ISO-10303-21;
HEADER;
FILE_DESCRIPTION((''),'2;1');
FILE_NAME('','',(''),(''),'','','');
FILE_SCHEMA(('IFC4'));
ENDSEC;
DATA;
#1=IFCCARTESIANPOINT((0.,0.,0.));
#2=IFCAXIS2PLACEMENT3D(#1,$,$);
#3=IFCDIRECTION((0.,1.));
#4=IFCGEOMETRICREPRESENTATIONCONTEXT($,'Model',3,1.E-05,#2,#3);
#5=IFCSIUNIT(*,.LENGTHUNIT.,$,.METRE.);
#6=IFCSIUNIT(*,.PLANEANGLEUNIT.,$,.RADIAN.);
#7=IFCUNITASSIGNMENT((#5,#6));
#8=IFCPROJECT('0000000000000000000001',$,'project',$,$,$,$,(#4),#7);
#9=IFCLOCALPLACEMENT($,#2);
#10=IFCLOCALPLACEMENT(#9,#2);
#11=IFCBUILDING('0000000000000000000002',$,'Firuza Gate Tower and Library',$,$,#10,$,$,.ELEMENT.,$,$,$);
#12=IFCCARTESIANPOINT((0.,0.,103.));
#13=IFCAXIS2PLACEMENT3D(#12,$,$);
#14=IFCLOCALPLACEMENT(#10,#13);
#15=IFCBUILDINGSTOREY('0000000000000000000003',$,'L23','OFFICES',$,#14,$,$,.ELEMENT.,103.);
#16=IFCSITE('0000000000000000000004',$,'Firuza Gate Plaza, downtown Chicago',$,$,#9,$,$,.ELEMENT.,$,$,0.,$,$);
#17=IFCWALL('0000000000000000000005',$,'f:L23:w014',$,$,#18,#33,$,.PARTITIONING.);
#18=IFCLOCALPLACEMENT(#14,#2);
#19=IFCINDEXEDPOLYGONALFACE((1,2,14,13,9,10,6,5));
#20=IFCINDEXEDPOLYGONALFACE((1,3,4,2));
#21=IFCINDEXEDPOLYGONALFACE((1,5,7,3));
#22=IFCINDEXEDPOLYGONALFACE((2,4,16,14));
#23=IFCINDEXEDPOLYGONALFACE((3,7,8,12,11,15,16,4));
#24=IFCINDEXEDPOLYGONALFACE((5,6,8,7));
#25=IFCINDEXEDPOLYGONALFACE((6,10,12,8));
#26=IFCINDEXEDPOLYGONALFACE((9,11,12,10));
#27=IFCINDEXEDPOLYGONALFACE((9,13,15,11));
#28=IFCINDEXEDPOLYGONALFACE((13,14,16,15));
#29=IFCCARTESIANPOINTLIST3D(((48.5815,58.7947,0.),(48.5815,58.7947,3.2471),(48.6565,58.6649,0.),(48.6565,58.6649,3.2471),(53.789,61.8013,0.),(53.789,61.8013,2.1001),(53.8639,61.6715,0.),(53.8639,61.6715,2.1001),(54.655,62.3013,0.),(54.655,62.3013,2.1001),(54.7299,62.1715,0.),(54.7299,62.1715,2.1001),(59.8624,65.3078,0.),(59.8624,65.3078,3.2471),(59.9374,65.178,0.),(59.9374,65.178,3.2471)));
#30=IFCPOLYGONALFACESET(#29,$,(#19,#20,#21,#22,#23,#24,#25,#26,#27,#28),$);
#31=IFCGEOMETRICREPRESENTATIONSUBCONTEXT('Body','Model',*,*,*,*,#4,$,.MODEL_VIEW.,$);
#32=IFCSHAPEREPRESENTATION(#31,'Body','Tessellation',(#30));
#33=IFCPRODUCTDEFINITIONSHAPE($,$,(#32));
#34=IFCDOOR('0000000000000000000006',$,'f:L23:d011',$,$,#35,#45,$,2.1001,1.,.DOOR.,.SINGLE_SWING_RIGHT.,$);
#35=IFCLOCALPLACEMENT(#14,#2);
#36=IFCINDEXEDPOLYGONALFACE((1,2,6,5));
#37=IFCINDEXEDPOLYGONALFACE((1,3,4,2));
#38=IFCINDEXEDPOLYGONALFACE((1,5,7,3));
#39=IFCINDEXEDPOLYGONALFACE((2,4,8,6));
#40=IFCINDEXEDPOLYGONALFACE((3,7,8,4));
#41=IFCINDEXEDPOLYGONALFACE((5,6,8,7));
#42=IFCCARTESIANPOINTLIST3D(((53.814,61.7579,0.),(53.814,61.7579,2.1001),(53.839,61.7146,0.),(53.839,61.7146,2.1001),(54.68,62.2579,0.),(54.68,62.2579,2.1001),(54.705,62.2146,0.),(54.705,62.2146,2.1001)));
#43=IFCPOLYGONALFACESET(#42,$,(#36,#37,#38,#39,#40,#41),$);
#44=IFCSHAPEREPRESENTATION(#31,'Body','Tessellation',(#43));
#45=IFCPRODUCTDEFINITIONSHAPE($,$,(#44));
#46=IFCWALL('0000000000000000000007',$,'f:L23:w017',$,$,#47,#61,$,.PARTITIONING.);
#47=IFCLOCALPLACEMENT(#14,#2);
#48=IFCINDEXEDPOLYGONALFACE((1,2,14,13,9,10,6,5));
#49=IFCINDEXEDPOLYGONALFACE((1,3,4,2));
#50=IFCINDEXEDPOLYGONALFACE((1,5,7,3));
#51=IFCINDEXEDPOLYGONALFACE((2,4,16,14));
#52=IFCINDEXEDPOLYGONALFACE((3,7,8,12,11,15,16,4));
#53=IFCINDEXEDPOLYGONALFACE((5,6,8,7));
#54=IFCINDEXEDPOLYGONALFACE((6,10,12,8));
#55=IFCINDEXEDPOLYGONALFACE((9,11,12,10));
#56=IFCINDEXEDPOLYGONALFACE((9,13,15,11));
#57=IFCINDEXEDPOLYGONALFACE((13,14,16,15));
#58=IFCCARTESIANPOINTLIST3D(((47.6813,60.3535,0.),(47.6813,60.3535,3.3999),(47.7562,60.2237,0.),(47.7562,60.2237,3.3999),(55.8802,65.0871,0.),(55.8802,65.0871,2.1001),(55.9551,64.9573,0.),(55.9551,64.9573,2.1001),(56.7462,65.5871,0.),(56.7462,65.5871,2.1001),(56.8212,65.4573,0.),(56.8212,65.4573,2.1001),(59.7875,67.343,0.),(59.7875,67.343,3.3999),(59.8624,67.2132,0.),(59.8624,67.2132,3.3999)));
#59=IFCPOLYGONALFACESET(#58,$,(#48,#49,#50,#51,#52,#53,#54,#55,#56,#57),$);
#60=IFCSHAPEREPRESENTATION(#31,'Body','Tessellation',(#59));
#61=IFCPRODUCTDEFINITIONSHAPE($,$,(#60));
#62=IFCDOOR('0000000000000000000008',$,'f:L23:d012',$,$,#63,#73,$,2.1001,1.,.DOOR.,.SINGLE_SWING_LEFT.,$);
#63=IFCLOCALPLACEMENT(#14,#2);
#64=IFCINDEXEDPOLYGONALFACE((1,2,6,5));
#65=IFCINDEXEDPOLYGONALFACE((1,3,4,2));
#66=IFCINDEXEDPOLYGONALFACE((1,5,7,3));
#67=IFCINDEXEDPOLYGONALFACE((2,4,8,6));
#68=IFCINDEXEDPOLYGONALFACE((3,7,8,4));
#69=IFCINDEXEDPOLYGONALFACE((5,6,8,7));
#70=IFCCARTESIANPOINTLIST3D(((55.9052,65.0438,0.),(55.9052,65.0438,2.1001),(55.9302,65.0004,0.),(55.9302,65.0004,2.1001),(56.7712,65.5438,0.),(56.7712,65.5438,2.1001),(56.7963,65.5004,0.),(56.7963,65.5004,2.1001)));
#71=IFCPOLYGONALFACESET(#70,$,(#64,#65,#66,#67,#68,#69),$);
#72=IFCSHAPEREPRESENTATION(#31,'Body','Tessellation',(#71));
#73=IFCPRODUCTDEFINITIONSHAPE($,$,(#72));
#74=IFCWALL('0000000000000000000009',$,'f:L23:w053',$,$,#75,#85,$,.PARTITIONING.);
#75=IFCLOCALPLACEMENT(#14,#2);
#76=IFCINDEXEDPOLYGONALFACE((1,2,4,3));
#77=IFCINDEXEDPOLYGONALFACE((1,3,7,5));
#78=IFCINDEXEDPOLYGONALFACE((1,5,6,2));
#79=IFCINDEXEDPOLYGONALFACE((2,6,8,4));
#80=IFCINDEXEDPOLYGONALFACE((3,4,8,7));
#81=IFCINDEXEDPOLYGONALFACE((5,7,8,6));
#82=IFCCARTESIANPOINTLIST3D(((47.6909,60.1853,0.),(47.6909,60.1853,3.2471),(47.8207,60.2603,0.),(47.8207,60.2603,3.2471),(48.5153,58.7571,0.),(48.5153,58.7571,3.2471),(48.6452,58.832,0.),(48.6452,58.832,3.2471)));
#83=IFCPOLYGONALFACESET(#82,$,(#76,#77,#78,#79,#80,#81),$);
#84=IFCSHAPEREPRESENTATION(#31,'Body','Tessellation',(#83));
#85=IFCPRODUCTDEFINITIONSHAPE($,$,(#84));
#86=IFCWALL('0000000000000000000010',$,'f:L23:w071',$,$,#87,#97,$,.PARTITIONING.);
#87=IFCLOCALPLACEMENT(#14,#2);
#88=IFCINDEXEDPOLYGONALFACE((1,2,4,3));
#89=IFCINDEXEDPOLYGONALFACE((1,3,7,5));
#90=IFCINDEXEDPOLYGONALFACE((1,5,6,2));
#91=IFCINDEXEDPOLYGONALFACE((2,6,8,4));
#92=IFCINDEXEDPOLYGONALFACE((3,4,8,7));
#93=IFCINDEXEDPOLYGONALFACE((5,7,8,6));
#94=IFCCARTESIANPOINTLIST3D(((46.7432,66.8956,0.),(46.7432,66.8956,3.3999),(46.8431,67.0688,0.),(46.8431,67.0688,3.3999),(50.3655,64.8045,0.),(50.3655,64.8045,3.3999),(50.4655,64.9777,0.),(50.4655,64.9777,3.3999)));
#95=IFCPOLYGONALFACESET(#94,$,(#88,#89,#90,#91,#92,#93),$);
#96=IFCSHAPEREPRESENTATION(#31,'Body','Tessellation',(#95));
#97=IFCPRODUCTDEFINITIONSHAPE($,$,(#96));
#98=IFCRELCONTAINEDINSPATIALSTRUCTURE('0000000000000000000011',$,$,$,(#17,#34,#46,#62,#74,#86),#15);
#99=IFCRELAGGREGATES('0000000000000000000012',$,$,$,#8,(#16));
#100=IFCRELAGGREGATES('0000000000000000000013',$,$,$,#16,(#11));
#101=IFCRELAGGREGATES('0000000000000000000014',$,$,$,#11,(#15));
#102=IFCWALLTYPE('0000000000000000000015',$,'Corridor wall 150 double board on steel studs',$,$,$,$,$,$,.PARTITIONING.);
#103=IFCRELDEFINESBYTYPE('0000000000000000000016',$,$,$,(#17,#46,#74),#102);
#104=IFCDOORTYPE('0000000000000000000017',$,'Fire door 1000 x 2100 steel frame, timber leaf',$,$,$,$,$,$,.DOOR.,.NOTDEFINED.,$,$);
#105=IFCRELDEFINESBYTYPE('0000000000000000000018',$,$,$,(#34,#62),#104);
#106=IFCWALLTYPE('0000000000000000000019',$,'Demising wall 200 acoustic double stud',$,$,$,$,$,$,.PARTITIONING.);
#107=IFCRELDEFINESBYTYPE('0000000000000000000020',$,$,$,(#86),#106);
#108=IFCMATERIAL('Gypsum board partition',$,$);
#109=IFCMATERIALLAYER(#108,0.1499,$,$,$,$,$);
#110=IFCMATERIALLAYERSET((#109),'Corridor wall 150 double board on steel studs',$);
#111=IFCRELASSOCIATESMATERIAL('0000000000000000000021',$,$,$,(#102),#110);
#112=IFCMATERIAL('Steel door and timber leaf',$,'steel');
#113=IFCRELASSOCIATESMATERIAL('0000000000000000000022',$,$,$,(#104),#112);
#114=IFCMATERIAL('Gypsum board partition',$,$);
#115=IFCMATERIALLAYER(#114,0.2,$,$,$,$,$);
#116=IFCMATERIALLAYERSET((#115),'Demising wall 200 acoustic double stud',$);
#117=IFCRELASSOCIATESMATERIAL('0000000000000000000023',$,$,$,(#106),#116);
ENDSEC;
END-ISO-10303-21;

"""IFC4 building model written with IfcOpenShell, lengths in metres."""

from ifc_helpers import new_model, si_unit, direction, frame, frame_2d, origin, place, context, subcontext, project, spatial, rectangle, extrude, material, layer, layer_set, type_object, element, fill, save


model = new_model("IFC4")

# Units and contexts
model_context = context("Model", 3, precision=1e-05, world=origin(), true_north=direction((0.0, 1.0)))
body_context = subcontext(model_context, "Body", "Model", "MODEL_VIEW")
ifc_project = project(units=[si_unit("LENGTHUNIT", "METRE"), si_unit("PLANEANGLEUNIT", "RADIAN")], contexts=[model_context])

# Site, building, storey
site_placement = place(None, origin())
site = spatial("IfcSite", under=ifc_project, at=site_placement, Name="Firuza Gate Plaza, downtown Chicago", CompositionType="ELEMENT", RefElevation=0.0)
building_placement = place(site_placement, origin())
building = spatial("IfcBuilding", under=site, at=building_placement, Name="Firuza Gate Tower and Library", CompositionType="ELEMENT")
storey_placement = place(building_placement, frame((0.0, 0.0, 103.0)))
storey = spatial("IfcBuildingStorey", under=building, at=storey_placement, Name="L23", Description="OFFICES", CompositionType="ELEMENT", Elevation=103.0)

# Walls, openings, doors
ifc_material_1 = material(Name="Gypsum board partition")
ifc_layer_1 = layer(ifc_material_1, 0.1499)
ifc_layer_set_1 = layer_set([ifc_layer_1], Name="Corridor wall 150 double board on steel studs")
wall_type_1 = type_object("IfcWallType", Name="Corridor wall 150 double board on steel studs", PredefinedType="PARTITIONING", material=ifc_layer_set_1)
wall_1_placement = place(storey_placement, frame((48.6189, 58.7297, 0.0), z_axis=(0.0, 0.0, 1.0), x_axis=(0.866022, 0.500005, 0.0)))
wall_1 = element("IfcWall", 1, at=wall_1_placement, inside=storey, type_object=wall_type_1, Name="f:L23:w014", PredefinedType="PARTITIONING", context=body_context, shape_type="SweptSolid", body=[
    extrude(rectangle(XDim=13.0261, YDim=0.1499, at=frame_2d((6.5132, 0.0))), origin(), (0.0, 0.0, 1.0), 3.2471),
])
opening_1_placement = place(wall_1_placement, frame((6.0132, 0.0, 0.0)))
opening_1 = element("IfcOpeningElement", 2, at=opening_1_placement, cuts=wall_1, PredefinedType="OPENING", context=body_context, shape_type="SweptSolid", body=[
    extrude(rectangle(XDim=1.0, YDim=2.1001, at=frame_2d((0.5, 1.05))), frame((0.0, 0.085, 0.0), z_axis=(0.0, -1.0, 0.0), x_axis=(1.0, 0.0, 0.0)), (0.0, 0.0, 1.0), 0.1699),
])
ifc_material_2 = material(Name="Steel door and timber leaf", Category="steel")
door_type = type_object("IfcDoorType", Name="Fire door 1000 x 2100 steel frame, timber leaf", OperationType="NOTDEFINED", PredefinedType="DOOR", material=ifc_material_2)
door_1_placement = place(opening_1_placement, origin())
door_1 = element("IfcDoor", 3, at=door_1_placement, inside=storey, type_object=door_type, Name="f:L23:d011", OperationType="SINGLE_SWING_RIGHT", OverallHeight=2.1001, OverallWidth=1.0, PredefinedType="DOOR", context=body_context, shape_type="SweptSolid", body=[
    extrude(rectangle(XDim=1.0, YDim=2.1001, at=frame_2d((0.5, 1.05))), frame((0.0, 0.0249, 0.0), z_axis=(0.0, -1.0, 0.0), x_axis=(1.0, 0.0, 0.0)), (0.0, 0.0, 1.0), 0.05),
])
fill(opening_1, door_1)
wall_2_placement = place(storey_placement, frame((47.7188, 60.2886, 0.0), z_axis=(0.0, 0.0, 1.0), x_axis=(0.866026, 0.499999, 0.0)))
wall_2 = element("IfcWall", 4, at=wall_2_placement, inside=storey, type_object=wall_type_1, Name="f:L23:w017", PredefinedType="PARTITIONING", context=body_context, shape_type="SweptSolid", body=[
    extrude(rectangle(XDim=13.979, YDim=0.1499, at=frame_2d((6.9895, 0.0))), origin(), (0.0, 0.0, 1.0), 3.3999),
])
opening_2_placement = place(wall_2_placement, frame((9.4673, 0.0, 0.0)))
opening_2 = element("IfcOpeningElement", 5, at=opening_2_placement, cuts=wall_2, PredefinedType="OPENING", context=body_context, shape_type="SweptSolid", body=[
    extrude(rectangle(XDim=1.0, YDim=2.1001, at=frame_2d((0.5, 1.05))), frame((0.0, 0.085, 0.0), z_axis=(0.0, -1.0, 0.0), x_axis=(1.0, 0.0, 0.0)), (0.0, 0.0, 1.0), 0.1699),
])
door_2_placement = place(opening_2_placement, origin())
door_2 = element("IfcDoor", 6, at=door_2_placement, inside=storey, type_object=door_type, Name="f:L23:d012", OperationType="SINGLE_SWING_LEFT", OverallHeight=2.1001, OverallWidth=1.0, PredefinedType="DOOR", context=body_context, shape_type="SweptSolid", body=[
    extrude(rectangle(XDim=1.0, YDim=2.1001, at=frame_2d((0.5, 1.05))), frame((0.0, 0.0249, 0.0), z_axis=(0.0, -1.0, 0.0), x_axis=(1.0, 0.0, 0.0)), (0.0, 0.0, 1.0), 0.05),
])
fill(opening_2, door_2)

# Walls
wall_3_placement = place(storey_placement, frame((48.5803, 58.7944, 0.0), z_axis=(0.0, 0.0, 1.0), x_axis=(-0.499945, 0.866057, 0.0)))
element("IfcWall", 7, at=wall_3_placement, inside=storey, type_object=wall_type_1, Name="f:L23:w053", PredefinedType="PARTITIONING", context=body_context, shape_type="SweptSolid", body=[
    extrude(rectangle(XDim=1.6492, YDim=0.1499, at=frame_2d((0.8247, 0.0))), origin(), (0.0, 0.0, 1.0), 3.2471),
])
ifc_material_3 = material(Name="Gypsum board partition")
ifc_layer_2 = layer(ifc_material_3, 0.2)
ifc_layer_set_2 = layer_set([ifc_layer_2], Name="Demising wall 200 acoustic double stud")
wall_type_2 = type_object("IfcWallType", Name="Demising wall 200 acoustic double stud", PredefinedType="PARTITIONING", material=ifc_layer_set_2)
wall_4_placement = place(storey_placement, frame((50.4155, 64.8911, 0.0), z_axis=(0.0, 0.0, 1.0), x_axis=(-0.866054, 0.49995, 0.0)))
element("IfcWall", 8, at=wall_4_placement, inside=storey, type_object=wall_type_2, Name="f:L23:w071", PredefinedType="PARTITIONING", context=body_context, shape_type="SweptSolid", body=[
    extrude(rectangle(XDim=4.1826, YDim=0.2, at=frame_2d((2.0913, 0.0))), origin(), (0.0, 0.0, 1.0), 3.3999),
])

save(model, "model.ifc")
